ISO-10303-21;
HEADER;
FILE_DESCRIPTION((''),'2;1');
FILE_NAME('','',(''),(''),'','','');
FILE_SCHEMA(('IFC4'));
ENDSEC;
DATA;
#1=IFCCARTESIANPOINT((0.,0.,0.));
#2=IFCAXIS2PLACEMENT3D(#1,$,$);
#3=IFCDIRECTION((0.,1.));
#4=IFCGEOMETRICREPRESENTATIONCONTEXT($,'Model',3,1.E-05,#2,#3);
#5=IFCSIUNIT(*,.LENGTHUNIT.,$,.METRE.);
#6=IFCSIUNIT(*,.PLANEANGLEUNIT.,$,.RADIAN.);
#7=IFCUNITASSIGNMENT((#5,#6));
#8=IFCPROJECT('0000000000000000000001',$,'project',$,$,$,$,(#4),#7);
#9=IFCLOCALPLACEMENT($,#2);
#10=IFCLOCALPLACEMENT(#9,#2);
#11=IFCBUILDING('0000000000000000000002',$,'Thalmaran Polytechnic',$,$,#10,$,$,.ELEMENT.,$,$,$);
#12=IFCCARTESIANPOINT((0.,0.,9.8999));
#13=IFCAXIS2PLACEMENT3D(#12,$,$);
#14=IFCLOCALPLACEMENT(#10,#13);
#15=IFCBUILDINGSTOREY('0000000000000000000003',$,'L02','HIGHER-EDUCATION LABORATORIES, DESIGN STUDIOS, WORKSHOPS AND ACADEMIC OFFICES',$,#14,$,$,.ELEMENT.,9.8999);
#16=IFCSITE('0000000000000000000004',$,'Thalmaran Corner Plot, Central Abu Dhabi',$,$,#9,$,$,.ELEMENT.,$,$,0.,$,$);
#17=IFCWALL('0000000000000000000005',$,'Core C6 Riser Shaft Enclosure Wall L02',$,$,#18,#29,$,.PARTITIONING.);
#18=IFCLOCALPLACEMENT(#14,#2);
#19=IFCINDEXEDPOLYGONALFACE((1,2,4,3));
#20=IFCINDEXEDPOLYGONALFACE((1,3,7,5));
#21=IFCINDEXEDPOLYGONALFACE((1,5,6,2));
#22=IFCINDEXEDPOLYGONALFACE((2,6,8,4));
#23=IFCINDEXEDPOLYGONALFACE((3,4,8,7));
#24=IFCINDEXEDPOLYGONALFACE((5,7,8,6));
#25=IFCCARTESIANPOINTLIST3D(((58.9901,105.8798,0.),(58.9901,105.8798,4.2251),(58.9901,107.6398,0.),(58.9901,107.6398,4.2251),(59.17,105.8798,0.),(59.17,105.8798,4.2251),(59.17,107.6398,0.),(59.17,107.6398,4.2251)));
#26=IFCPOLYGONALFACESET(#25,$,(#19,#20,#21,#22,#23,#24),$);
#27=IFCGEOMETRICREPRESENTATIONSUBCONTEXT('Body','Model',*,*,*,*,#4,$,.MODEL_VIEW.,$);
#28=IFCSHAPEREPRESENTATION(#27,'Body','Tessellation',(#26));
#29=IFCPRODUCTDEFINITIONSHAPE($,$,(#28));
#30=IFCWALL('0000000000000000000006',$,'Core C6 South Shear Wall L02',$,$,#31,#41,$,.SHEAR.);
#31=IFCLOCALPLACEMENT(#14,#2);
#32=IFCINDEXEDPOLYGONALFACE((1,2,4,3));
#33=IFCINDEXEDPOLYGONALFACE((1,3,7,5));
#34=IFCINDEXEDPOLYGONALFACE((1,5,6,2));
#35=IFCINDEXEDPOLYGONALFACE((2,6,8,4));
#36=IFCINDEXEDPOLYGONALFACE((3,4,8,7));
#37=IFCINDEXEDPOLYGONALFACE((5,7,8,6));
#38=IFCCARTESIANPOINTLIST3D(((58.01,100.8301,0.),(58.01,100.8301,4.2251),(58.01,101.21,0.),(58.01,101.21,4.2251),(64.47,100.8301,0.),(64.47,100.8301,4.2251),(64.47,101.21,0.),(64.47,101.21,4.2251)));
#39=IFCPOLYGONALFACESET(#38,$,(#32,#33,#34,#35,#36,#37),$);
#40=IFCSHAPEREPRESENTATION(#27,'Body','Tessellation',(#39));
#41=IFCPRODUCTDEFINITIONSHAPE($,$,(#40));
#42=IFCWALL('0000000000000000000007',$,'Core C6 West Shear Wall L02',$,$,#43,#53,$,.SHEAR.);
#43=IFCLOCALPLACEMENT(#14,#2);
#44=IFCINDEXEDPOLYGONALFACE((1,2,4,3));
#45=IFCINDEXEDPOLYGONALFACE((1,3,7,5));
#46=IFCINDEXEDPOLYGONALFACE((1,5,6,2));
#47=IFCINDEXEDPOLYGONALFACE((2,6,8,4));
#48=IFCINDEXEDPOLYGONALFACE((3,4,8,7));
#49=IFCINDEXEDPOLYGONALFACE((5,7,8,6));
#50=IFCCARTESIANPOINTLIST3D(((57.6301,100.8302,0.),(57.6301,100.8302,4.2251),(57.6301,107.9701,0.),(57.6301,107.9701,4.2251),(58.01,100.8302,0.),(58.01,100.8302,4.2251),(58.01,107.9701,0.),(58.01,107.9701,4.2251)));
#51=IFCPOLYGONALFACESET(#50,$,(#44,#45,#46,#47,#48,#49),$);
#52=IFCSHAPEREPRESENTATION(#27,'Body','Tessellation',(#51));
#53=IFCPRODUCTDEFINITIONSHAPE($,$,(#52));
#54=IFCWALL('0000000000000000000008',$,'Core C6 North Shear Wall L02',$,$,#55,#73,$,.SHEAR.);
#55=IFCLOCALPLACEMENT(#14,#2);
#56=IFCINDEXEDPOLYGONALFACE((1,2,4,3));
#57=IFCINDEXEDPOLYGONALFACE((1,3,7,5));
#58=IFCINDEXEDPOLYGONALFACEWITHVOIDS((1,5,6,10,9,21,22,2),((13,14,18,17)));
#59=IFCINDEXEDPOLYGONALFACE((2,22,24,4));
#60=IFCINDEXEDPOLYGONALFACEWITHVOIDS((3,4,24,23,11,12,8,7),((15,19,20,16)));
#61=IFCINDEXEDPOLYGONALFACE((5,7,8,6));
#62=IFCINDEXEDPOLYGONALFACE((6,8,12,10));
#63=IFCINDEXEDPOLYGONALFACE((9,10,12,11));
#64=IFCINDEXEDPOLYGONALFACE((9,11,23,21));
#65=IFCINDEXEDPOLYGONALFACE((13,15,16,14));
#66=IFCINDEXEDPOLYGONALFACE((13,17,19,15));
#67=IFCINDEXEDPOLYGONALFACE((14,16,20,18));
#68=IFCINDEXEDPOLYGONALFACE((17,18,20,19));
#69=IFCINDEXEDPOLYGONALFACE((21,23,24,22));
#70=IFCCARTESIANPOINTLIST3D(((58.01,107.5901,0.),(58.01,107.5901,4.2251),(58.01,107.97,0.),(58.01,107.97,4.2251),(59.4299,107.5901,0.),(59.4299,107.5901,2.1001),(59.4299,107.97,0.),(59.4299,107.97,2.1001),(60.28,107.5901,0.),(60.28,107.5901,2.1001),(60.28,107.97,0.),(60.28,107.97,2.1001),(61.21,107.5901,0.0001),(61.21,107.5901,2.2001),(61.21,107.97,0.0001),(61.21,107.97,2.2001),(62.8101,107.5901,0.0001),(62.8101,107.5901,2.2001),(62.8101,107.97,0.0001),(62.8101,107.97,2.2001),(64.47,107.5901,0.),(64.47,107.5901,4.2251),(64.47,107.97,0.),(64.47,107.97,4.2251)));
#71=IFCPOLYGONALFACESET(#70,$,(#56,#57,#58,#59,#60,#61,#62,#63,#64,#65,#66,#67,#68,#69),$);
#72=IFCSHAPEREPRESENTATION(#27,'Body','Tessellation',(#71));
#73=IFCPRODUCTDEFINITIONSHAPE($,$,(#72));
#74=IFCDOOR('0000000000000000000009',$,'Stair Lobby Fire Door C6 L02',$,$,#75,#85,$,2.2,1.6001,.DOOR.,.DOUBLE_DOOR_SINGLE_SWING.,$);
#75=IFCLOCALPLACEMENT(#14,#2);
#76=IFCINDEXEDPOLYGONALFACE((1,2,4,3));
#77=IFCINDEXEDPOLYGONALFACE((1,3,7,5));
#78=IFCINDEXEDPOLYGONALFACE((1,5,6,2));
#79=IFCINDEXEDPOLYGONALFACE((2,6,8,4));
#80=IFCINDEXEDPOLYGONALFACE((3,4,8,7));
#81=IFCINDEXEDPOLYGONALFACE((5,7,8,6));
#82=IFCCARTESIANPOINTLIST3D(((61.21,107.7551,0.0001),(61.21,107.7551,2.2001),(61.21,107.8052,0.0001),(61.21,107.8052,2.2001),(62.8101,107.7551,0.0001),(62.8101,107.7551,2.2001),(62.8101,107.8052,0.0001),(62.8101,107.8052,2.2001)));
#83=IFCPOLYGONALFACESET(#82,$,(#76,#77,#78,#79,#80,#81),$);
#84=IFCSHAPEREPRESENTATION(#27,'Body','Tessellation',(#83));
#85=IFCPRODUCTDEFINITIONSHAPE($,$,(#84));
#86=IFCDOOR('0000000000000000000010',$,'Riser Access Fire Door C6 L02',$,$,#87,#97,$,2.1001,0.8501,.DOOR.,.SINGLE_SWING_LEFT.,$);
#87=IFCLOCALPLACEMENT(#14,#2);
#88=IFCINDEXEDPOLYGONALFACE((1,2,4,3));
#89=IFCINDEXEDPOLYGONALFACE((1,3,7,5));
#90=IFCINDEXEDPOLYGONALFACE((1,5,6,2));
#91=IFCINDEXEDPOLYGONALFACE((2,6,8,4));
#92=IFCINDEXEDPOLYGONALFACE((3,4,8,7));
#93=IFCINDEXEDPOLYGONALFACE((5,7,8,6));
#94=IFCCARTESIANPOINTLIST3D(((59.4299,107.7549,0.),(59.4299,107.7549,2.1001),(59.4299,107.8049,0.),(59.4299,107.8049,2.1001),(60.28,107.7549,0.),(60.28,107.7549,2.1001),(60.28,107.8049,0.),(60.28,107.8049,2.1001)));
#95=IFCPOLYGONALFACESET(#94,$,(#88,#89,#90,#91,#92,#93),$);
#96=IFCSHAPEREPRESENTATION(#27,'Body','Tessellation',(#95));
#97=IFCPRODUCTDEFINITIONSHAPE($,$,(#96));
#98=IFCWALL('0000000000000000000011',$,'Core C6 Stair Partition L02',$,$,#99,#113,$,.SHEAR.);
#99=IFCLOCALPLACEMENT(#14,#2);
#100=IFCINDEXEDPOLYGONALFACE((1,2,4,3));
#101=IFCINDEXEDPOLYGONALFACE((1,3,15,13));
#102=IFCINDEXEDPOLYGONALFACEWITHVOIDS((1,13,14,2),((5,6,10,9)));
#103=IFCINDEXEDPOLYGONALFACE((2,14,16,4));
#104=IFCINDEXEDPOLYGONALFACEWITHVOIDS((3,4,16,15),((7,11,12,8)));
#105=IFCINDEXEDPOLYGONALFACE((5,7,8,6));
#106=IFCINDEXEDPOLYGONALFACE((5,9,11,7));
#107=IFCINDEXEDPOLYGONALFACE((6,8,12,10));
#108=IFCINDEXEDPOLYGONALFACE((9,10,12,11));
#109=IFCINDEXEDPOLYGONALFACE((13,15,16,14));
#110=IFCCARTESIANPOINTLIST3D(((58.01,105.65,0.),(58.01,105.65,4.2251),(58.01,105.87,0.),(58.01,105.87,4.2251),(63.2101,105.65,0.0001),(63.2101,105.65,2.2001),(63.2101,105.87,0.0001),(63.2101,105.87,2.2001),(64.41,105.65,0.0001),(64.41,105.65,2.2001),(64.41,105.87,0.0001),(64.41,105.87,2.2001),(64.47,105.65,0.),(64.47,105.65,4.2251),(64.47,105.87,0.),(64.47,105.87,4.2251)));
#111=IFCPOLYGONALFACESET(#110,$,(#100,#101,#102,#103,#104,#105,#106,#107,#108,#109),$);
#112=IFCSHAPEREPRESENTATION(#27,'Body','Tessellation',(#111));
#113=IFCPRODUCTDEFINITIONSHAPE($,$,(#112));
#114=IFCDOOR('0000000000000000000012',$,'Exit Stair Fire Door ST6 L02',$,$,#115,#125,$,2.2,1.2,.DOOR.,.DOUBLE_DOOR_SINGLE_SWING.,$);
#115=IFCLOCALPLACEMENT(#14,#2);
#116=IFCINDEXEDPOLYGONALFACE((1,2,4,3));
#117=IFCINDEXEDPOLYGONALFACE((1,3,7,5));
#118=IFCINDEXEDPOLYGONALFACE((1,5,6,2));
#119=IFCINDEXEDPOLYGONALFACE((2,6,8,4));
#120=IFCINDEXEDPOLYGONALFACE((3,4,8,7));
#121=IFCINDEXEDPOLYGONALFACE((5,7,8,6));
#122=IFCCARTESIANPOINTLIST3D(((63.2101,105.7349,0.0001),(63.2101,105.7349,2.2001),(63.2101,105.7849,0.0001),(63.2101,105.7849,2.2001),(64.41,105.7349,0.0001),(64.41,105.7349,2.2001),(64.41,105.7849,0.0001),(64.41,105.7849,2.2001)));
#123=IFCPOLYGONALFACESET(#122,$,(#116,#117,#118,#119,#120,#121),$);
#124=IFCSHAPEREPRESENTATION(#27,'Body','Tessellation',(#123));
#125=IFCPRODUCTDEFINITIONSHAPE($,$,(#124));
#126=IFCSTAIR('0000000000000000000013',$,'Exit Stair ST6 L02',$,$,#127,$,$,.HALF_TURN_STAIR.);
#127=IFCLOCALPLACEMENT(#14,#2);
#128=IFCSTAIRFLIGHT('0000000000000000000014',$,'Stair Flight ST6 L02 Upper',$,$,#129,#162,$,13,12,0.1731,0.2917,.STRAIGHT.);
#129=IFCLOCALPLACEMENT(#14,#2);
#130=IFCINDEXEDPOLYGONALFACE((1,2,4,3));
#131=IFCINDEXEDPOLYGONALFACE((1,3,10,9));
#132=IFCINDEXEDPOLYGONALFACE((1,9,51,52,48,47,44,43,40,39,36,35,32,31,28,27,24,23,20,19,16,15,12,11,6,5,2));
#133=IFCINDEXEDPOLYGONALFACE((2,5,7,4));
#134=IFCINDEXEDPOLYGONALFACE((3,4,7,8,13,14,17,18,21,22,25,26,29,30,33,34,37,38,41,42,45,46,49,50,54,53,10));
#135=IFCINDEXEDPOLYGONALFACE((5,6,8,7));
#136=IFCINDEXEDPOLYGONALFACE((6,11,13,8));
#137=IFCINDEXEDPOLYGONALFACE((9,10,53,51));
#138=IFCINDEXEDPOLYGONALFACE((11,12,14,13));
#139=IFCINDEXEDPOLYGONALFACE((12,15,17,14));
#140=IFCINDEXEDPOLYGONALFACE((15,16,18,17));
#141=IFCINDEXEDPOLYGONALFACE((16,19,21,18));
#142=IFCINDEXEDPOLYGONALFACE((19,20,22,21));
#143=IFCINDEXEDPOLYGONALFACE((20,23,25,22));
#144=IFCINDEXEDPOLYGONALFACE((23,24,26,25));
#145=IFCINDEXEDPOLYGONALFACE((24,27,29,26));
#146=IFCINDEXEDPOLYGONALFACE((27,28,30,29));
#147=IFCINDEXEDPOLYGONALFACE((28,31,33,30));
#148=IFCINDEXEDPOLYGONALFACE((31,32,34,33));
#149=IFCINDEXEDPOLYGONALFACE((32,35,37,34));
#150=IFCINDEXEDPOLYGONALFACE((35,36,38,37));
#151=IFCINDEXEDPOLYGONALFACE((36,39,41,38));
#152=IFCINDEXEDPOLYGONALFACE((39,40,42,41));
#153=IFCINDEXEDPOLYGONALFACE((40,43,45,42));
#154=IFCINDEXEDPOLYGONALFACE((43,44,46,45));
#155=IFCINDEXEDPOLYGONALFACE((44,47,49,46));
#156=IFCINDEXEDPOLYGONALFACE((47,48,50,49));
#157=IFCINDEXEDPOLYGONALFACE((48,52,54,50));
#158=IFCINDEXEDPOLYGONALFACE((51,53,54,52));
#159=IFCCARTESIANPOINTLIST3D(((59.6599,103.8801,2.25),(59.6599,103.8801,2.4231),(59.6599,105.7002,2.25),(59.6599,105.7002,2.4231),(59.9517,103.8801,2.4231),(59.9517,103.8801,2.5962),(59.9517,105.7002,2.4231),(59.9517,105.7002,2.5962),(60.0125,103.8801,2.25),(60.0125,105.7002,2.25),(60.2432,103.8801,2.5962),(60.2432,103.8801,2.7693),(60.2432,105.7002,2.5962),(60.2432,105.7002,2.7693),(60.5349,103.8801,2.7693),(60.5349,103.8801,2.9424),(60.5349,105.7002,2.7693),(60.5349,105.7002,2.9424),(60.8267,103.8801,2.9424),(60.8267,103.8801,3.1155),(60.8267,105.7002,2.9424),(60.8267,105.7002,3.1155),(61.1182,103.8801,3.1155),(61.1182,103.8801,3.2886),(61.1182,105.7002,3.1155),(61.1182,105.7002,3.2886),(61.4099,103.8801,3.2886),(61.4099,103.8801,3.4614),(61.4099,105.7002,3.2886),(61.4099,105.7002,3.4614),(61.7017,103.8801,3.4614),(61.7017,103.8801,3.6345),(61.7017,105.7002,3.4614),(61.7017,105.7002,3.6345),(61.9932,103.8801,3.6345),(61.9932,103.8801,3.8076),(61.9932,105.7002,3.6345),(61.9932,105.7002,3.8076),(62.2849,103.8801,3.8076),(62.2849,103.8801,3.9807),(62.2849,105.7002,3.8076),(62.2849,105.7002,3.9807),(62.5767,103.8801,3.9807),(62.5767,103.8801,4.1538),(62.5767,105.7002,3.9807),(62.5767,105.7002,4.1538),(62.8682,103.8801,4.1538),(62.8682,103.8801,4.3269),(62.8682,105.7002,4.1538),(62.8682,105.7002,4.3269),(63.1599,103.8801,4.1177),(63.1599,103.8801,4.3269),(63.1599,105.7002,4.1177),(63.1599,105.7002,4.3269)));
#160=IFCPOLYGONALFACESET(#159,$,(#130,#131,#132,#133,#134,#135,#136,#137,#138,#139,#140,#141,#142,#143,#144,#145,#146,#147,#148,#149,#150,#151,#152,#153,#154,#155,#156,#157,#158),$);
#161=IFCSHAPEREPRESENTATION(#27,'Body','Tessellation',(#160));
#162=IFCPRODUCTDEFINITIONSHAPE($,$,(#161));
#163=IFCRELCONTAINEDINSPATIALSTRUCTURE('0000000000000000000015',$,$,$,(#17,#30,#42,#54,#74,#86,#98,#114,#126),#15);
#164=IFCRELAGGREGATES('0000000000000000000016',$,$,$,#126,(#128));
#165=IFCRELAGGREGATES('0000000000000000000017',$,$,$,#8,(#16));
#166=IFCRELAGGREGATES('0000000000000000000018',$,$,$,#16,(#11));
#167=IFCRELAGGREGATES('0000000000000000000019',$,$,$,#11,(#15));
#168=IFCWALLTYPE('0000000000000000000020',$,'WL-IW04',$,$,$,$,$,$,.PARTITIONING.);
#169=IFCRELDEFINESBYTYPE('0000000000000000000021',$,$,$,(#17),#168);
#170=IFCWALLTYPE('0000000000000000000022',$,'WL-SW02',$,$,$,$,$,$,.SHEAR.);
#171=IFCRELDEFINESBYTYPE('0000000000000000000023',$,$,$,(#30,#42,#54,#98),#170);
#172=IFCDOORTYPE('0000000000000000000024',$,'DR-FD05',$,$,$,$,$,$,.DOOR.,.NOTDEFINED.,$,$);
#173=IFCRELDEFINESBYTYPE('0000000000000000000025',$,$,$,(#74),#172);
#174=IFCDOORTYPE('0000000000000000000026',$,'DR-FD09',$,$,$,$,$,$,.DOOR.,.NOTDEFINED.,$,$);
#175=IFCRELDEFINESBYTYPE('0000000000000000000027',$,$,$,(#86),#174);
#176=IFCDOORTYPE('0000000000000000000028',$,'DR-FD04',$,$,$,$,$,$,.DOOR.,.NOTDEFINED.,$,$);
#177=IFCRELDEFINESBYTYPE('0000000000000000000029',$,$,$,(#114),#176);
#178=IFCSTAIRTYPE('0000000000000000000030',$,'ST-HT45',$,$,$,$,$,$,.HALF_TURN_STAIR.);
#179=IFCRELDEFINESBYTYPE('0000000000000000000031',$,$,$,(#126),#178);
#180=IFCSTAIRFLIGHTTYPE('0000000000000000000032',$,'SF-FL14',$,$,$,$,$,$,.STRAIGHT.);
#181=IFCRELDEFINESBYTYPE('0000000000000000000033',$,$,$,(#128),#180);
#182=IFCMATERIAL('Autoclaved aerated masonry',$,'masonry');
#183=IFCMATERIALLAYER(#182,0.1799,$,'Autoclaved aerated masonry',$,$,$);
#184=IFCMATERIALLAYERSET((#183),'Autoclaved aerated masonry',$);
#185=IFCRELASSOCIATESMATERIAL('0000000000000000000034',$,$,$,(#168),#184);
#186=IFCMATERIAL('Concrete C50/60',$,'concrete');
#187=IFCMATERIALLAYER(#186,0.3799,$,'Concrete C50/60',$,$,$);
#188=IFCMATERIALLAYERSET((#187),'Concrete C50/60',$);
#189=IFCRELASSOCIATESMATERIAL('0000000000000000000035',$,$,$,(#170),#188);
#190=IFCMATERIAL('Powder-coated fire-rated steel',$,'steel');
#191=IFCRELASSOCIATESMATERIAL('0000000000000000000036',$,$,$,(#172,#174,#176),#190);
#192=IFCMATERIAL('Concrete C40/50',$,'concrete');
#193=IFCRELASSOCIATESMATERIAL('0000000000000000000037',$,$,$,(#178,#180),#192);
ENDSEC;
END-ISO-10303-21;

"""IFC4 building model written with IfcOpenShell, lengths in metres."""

from ifc_helpers import new_model, si_unit, direction, frame, frame_2d, origin, place, context, subcontext, project, spatial, polyline, rectangle, outline, extrude, material, layer, layer_set, type_object, element, fill, aggregate, save


model = new_model("IFC4")

# Units and contexts
model_context = context("Model", 3, precision=1e-05, world=origin(), true_north=direction((0.0, 1.0)))
body_context = subcontext(model_context, "Body", "Model", "MODEL_VIEW")
ifc_project = project(units=[si_unit("LENGTHUNIT", "METRE"), si_unit("PLANEANGLEUNIT", "RADIAN")], contexts=[model_context])

# Site, building, storey
site_placement = place(None, origin())
site = spatial("IfcSite", under=ifc_project, at=site_placement, Name="Thalmaran Corner Plot, Central Abu Dhabi", CompositionType="ELEMENT", RefElevation=0.0)
building_placement = place(site_placement, origin())
building = spatial("IfcBuilding", under=site, at=building_placement, Name="Thalmaran Polytechnic", CompositionType="ELEMENT")
storey_placement = place(building_placement, frame((0.0, 0.0, 9.8999)))
storey = spatial("IfcBuildingStorey", under=building, at=storey_placement, Name="L02", Description="HIGHER-EDUCATION LABORATORIES, DESIGN STUDIOS, WORKSHOPS AND ACADEMIC OFFICES", CompositionType="ELEMENT", Elevation=9.8999)

# Shared definitions
ifc_material_1 = material(Name="Concrete C50/60", Category="concrete")

# Shared definitions
ifc_material_2 = material(Name="Concrete C40/50", Category="concrete")

# Walls
ifc_material_3 = material(Name="Autoclaved aerated masonry", Category="masonry")
ifc_layer_1 = layer(ifc_material_3, 0.1799, Name="Autoclaved aerated masonry")
ifc_layer_set_1 = layer_set([ifc_layer_1], Name="Autoclaved aerated masonry")
wall_type_1 = type_object("IfcWallType", Name="WL-IW04", PredefinedType="PARTITIONING", material=ifc_layer_set_1)
wall_1_placement = place(storey_placement, frame((59.0801, 105.8799, 0.0), z_axis=(0.0, 0.0, 1.0), x_axis=(0.0, 1.0, 0.0)))
element("IfcWall", 1, at=wall_1_placement, inside=storey, type_object=wall_type_1, Name="Core C6 Riser Shaft Enclosure Wall L02", PredefinedType="PARTITIONING", context=body_context, shape_type="SweptSolid", body=[
    extrude(rectangle(XDim=1.76, YDim=0.1799, at=frame_2d((0.8799, 0.0))), origin(), (0.0, 0.0, 1.0), 4.2251),
])
ifc_layer_2 = layer(ifc_material_1, 0.3799, Name="Concrete C50/60")
ifc_layer_set_2 = layer_set([ifc_layer_2], Name="Concrete C50/60")
wall_type_2 = type_object("IfcWallType", Name="WL-SW02", PredefinedType="SHEAR", material=ifc_layer_set_2)
wall_2_placement = place(storey_placement, frame((58.01, 101.02, 0.0), z_axis=(0.0, 0.0, 1.0), x_axis=(1.0, 0.0, 0.0)))
element("IfcWall", 2, at=wall_2_placement, inside=storey, type_object=wall_type_2, Name="Core C6 South Shear Wall L02", PredefinedType="SHEAR", context=body_context, shape_type="SweptSolid", body=[
    extrude(rectangle(XDim=6.46, YDim=0.3799, at=frame_2d((3.23, 0.0))), origin(), (0.0, 0.0, 1.0), 4.2251),
])
wall_3_placement = place(storey_placement, frame((57.8201, 107.97, 0.0), z_axis=(0.0, 0.0, 1.0), x_axis=(0.0, -1.0, 0.0)))
element("IfcWall", 3, at=wall_3_placement, inside=storey, type_object=wall_type_2, Name="Core C6 West Shear Wall L02", PredefinedType="SHEAR", context=body_context, shape_type="SweptSolid", body=[
    extrude(rectangle(XDim=7.1399, YDim=0.3799, at=frame_2d((3.5698, 0.0))), origin(), (0.0, 0.0, 1.0), 4.2251),
])

# Wall, openings, doors
wall_4_placement = place(storey_placement, frame((58.01, 107.78, 0.0), z_axis=(0.0, 0.0, 1.0), x_axis=(1.0, 0.0, 0.0)))
wall_4 = element("IfcWall", 4, at=wall_4_placement, inside=storey, type_object=wall_type_2, Name="Core C6 North Shear Wall L02", PredefinedType="SHEAR", context=body_context, shape_type="SweptSolid", body=[
    extrude(rectangle(XDim=6.46, YDim=0.3799, at=frame_2d((3.23, 0.0))), origin(), (0.0, 0.0, 1.0), 4.2251),
])
opening_1_placement = place(wall_4_placement, frame((1.4199, 0.0, 0.0)))
opening_1 = element("IfcOpeningElement", 5, at=opening_1_placement, cuts=wall_4, PredefinedType="OPENING", context=body_context, shape_type="SweptSolid", body=[
    extrude(rectangle(XDim=0.8501, YDim=2.1001, at=frame_2d((0.425, 1.05))), frame((0.0, 0.2, 0.0), z_axis=(0.0, -1.0, 0.0), x_axis=(1.0, 0.0, 0.0)), (0.0, 0.0, 1.0), 0.3999),
])
opening_2_placement = place(wall_4_placement, frame((3.2, 0.0, 0.0)))
opening_2 = element("IfcOpeningElement", 6, at=opening_2_placement, cuts=wall_4, PredefinedType="OPENING", context=body_context, shape_type="SweptSolid", body=[
    extrude(rectangle(XDim=1.6001, YDim=2.2, at=frame_2d((0.8, 1.1001))), frame((0.0, 0.2, 0.0), z_axis=(0.0, -1.0, 0.0), x_axis=(1.0, 0.0, 0.0)), (0.0, 0.0, 1.0), 0.3999),
])
ifc_material_4 = material(Name="Powder-coated fire-rated steel", Category="steel")
door_type_1 = type_object("IfcDoorType", Name="DR-FD05", OperationType="NOTDEFINED", PredefinedType="DOOR", material=ifc_material_4)
door_1_placement = place(opening_2_placement, frame((1.6001, 0.0, 0.0), z_axis=(0.0, 0.0, 1.0), x_axis=(-1.0, 0.0, 0.0)))
door_1 = element("IfcDoor", 7, at=door_1_placement, inside=storey, type_object=door_type_1, Name="Stair Lobby Fire Door C6 L02", OperationType="DOUBLE_DOOR_SINGLE_SWING", OverallHeight=2.2, OverallWidth=1.6001, PredefinedType="DOOR", context=body_context, shape_type="SweptSolid", body=[
    extrude(rectangle(XDim=1.6001, YDim=2.2, at=frame_2d((0.8, 1.1001))), frame((0.0, 0.0249, 0.0), z_axis=(0.0, -1.0, 0.0), x_axis=(1.0, 0.0, 0.0)), (0.0, 0.0, 1.0), 0.05),
])
fill(opening_2, door_1)
door_type_2 = type_object("IfcDoorType", Name="DR-FD09", OperationType="NOTDEFINED", PredefinedType="DOOR", material=ifc_material_4)
door_2_placement = place(opening_1_placement, origin())
door_2 = element("IfcDoor", 8, at=door_2_placement, inside=storey, type_object=door_type_2, Name="Riser Access Fire Door C6 L02", OperationType="SINGLE_SWING_LEFT", OverallHeight=2.1001, OverallWidth=0.8501, PredefinedType="DOOR", context=body_context, shape_type="SweptSolid", body=[
    extrude(rectangle(XDim=0.8501, YDim=2.1001, at=frame_2d((0.425, 1.05))), frame((0.0, 0.0249, 0.0), z_axis=(0.0, -1.0, 0.0), x_axis=(1.0, 0.0, 0.0)), (0.0, 0.0, 1.0), 0.05),
])
fill(opening_1, door_2)

# Wall, opening, door
wall_5_placement = place(storey_placement, frame((58.01, 105.76, 0.0), z_axis=(0.0, 0.0, 1.0), x_axis=(1.0, 0.0, 0.0)))
wall_5 = element("IfcWall", 9, at=wall_5_placement, inside=storey, type_object=wall_type_2, Name="Core C6 Stair Partition L02", PredefinedType="SHEAR", context=body_context, shape_type="SweptSolid", body=[
    extrude(rectangle(XDim=6.46, YDim=0.22, at=frame_2d((3.23, 0.0))), origin(), (0.0, 0.0, 1.0), 4.2251),
])
opening_3_placement = place(wall_5_placement, frame((5.2, 0.0, 0.0)))
opening_3 = element("IfcOpeningElement", 10, at=opening_3_placement, cuts=wall_5, PredefinedType="OPENING", context=body_context, shape_type="SweptSolid", body=[
    extrude(rectangle(XDim=1.2, YDim=2.2, at=frame_2d((0.6001, 1.1001))), frame((0.0, 0.1199, 0.0), z_axis=(0.0, -1.0, 0.0), x_axis=(1.0, 0.0, 0.0)), (0.0, 0.0, 1.0), 0.24),
])
door_type_3 = type_object("IfcDoorType", Name="DR-FD04", OperationType="NOTDEFINED", PredefinedType="DOOR", material=ifc_material_4)
door_3_placement = place(opening_3_placement, origin())
door_3 = element("IfcDoor", 11, at=door_3_placement, inside=storey, type_object=door_type_3, Name="Exit Stair Fire Door ST6 L02", OperationType="DOUBLE_DOOR_SINGLE_SWING", OverallHeight=2.2, OverallWidth=1.2, PredefinedType="DOOR", context=body_context, shape_type="SweptSolid", body=[
    extrude(rectangle(XDim=1.2, YDim=2.2, at=frame_2d((0.6001, 1.1001))), frame((0.0, 0.0249, 0.0), z_axis=(0.0, -1.0, 0.0), x_axis=(1.0, 0.0, 0.0)), (0.0, 0.0, 1.0), 0.05),
])
fill(opening_3, door_3)

# Stair, stair flight
stair_type = type_object("IfcStairType", Name="ST-HT45", PredefinedType="HALF_TURN_STAIR", material=ifc_material_2)
stair_placement = place(storey_placement, origin())
stair = element("IfcStair", 12, at=stair_placement, inside=storey, type_object=stair_type, Name="Exit Stair ST6 L02", PredefinedType="HALF_TURN_STAIR")
stair_flight_type = type_object("IfcStairFlightType", Name="SF-FL14", PredefinedType="STRAIGHT", material=ifc_material_2)
stair_flight_placement = place(storey_placement, frame((59.6599, 104.79, 2.25), z_axis=(0.0, 0.0, 1.0), x_axis=(1.0, 0.0, 0.0)))
stair_flight = element("IfcStairFlight", 13, at=stair_flight_placement, type_object=stair_flight_type, Name="Stair Flight ST6 L02 Upper", NumberOfRisers=13, NumberOfTreads=12, PredefinedType="STRAIGHT", RiserHeight=0.1731, TreadLength=0.2917, context=body_context, shape_type="SweptSolid", body=[
    extrude(outline(polyline([(0.0, 0.0), (0.0, 0.1731), (0.2917, 0.1731), (0.2917, 0.3462), (0.5833, 0.3462), (0.5833, 0.5193), (0.875, 0.5193), (0.875, 0.6924), (1.1667, 0.6924), (1.1667, 0.8655), (1.4583, 0.8655), (1.4583, 1.0386), (1.75, 1.0386), (1.75, 1.2114), (2.0417, 1.2114), (2.0417, 1.3845), (2.3333, 1.3845), (2.3333, 1.5576), (2.625, 1.5576), (2.625, 1.7307), (2.9167, 1.7307), (2.9167, 1.9038), (3.2083, 1.9038), (3.2083, 2.0769), (3.5, 2.0769), (3.5, 2.25), (3.5, 1.8677), (0.3525, 0.0), (0.0, 0.0)])), frame((0.0, 0.9102, 0.0), z_axis=(0.0, -1.0, 0.0), x_axis=(1.0, 0.0, 0.0)), (0.0, 0.0, 1.0), 1.8201),
])
aggregate(stair, [stair_flight])

save(model, "model.ifc")
